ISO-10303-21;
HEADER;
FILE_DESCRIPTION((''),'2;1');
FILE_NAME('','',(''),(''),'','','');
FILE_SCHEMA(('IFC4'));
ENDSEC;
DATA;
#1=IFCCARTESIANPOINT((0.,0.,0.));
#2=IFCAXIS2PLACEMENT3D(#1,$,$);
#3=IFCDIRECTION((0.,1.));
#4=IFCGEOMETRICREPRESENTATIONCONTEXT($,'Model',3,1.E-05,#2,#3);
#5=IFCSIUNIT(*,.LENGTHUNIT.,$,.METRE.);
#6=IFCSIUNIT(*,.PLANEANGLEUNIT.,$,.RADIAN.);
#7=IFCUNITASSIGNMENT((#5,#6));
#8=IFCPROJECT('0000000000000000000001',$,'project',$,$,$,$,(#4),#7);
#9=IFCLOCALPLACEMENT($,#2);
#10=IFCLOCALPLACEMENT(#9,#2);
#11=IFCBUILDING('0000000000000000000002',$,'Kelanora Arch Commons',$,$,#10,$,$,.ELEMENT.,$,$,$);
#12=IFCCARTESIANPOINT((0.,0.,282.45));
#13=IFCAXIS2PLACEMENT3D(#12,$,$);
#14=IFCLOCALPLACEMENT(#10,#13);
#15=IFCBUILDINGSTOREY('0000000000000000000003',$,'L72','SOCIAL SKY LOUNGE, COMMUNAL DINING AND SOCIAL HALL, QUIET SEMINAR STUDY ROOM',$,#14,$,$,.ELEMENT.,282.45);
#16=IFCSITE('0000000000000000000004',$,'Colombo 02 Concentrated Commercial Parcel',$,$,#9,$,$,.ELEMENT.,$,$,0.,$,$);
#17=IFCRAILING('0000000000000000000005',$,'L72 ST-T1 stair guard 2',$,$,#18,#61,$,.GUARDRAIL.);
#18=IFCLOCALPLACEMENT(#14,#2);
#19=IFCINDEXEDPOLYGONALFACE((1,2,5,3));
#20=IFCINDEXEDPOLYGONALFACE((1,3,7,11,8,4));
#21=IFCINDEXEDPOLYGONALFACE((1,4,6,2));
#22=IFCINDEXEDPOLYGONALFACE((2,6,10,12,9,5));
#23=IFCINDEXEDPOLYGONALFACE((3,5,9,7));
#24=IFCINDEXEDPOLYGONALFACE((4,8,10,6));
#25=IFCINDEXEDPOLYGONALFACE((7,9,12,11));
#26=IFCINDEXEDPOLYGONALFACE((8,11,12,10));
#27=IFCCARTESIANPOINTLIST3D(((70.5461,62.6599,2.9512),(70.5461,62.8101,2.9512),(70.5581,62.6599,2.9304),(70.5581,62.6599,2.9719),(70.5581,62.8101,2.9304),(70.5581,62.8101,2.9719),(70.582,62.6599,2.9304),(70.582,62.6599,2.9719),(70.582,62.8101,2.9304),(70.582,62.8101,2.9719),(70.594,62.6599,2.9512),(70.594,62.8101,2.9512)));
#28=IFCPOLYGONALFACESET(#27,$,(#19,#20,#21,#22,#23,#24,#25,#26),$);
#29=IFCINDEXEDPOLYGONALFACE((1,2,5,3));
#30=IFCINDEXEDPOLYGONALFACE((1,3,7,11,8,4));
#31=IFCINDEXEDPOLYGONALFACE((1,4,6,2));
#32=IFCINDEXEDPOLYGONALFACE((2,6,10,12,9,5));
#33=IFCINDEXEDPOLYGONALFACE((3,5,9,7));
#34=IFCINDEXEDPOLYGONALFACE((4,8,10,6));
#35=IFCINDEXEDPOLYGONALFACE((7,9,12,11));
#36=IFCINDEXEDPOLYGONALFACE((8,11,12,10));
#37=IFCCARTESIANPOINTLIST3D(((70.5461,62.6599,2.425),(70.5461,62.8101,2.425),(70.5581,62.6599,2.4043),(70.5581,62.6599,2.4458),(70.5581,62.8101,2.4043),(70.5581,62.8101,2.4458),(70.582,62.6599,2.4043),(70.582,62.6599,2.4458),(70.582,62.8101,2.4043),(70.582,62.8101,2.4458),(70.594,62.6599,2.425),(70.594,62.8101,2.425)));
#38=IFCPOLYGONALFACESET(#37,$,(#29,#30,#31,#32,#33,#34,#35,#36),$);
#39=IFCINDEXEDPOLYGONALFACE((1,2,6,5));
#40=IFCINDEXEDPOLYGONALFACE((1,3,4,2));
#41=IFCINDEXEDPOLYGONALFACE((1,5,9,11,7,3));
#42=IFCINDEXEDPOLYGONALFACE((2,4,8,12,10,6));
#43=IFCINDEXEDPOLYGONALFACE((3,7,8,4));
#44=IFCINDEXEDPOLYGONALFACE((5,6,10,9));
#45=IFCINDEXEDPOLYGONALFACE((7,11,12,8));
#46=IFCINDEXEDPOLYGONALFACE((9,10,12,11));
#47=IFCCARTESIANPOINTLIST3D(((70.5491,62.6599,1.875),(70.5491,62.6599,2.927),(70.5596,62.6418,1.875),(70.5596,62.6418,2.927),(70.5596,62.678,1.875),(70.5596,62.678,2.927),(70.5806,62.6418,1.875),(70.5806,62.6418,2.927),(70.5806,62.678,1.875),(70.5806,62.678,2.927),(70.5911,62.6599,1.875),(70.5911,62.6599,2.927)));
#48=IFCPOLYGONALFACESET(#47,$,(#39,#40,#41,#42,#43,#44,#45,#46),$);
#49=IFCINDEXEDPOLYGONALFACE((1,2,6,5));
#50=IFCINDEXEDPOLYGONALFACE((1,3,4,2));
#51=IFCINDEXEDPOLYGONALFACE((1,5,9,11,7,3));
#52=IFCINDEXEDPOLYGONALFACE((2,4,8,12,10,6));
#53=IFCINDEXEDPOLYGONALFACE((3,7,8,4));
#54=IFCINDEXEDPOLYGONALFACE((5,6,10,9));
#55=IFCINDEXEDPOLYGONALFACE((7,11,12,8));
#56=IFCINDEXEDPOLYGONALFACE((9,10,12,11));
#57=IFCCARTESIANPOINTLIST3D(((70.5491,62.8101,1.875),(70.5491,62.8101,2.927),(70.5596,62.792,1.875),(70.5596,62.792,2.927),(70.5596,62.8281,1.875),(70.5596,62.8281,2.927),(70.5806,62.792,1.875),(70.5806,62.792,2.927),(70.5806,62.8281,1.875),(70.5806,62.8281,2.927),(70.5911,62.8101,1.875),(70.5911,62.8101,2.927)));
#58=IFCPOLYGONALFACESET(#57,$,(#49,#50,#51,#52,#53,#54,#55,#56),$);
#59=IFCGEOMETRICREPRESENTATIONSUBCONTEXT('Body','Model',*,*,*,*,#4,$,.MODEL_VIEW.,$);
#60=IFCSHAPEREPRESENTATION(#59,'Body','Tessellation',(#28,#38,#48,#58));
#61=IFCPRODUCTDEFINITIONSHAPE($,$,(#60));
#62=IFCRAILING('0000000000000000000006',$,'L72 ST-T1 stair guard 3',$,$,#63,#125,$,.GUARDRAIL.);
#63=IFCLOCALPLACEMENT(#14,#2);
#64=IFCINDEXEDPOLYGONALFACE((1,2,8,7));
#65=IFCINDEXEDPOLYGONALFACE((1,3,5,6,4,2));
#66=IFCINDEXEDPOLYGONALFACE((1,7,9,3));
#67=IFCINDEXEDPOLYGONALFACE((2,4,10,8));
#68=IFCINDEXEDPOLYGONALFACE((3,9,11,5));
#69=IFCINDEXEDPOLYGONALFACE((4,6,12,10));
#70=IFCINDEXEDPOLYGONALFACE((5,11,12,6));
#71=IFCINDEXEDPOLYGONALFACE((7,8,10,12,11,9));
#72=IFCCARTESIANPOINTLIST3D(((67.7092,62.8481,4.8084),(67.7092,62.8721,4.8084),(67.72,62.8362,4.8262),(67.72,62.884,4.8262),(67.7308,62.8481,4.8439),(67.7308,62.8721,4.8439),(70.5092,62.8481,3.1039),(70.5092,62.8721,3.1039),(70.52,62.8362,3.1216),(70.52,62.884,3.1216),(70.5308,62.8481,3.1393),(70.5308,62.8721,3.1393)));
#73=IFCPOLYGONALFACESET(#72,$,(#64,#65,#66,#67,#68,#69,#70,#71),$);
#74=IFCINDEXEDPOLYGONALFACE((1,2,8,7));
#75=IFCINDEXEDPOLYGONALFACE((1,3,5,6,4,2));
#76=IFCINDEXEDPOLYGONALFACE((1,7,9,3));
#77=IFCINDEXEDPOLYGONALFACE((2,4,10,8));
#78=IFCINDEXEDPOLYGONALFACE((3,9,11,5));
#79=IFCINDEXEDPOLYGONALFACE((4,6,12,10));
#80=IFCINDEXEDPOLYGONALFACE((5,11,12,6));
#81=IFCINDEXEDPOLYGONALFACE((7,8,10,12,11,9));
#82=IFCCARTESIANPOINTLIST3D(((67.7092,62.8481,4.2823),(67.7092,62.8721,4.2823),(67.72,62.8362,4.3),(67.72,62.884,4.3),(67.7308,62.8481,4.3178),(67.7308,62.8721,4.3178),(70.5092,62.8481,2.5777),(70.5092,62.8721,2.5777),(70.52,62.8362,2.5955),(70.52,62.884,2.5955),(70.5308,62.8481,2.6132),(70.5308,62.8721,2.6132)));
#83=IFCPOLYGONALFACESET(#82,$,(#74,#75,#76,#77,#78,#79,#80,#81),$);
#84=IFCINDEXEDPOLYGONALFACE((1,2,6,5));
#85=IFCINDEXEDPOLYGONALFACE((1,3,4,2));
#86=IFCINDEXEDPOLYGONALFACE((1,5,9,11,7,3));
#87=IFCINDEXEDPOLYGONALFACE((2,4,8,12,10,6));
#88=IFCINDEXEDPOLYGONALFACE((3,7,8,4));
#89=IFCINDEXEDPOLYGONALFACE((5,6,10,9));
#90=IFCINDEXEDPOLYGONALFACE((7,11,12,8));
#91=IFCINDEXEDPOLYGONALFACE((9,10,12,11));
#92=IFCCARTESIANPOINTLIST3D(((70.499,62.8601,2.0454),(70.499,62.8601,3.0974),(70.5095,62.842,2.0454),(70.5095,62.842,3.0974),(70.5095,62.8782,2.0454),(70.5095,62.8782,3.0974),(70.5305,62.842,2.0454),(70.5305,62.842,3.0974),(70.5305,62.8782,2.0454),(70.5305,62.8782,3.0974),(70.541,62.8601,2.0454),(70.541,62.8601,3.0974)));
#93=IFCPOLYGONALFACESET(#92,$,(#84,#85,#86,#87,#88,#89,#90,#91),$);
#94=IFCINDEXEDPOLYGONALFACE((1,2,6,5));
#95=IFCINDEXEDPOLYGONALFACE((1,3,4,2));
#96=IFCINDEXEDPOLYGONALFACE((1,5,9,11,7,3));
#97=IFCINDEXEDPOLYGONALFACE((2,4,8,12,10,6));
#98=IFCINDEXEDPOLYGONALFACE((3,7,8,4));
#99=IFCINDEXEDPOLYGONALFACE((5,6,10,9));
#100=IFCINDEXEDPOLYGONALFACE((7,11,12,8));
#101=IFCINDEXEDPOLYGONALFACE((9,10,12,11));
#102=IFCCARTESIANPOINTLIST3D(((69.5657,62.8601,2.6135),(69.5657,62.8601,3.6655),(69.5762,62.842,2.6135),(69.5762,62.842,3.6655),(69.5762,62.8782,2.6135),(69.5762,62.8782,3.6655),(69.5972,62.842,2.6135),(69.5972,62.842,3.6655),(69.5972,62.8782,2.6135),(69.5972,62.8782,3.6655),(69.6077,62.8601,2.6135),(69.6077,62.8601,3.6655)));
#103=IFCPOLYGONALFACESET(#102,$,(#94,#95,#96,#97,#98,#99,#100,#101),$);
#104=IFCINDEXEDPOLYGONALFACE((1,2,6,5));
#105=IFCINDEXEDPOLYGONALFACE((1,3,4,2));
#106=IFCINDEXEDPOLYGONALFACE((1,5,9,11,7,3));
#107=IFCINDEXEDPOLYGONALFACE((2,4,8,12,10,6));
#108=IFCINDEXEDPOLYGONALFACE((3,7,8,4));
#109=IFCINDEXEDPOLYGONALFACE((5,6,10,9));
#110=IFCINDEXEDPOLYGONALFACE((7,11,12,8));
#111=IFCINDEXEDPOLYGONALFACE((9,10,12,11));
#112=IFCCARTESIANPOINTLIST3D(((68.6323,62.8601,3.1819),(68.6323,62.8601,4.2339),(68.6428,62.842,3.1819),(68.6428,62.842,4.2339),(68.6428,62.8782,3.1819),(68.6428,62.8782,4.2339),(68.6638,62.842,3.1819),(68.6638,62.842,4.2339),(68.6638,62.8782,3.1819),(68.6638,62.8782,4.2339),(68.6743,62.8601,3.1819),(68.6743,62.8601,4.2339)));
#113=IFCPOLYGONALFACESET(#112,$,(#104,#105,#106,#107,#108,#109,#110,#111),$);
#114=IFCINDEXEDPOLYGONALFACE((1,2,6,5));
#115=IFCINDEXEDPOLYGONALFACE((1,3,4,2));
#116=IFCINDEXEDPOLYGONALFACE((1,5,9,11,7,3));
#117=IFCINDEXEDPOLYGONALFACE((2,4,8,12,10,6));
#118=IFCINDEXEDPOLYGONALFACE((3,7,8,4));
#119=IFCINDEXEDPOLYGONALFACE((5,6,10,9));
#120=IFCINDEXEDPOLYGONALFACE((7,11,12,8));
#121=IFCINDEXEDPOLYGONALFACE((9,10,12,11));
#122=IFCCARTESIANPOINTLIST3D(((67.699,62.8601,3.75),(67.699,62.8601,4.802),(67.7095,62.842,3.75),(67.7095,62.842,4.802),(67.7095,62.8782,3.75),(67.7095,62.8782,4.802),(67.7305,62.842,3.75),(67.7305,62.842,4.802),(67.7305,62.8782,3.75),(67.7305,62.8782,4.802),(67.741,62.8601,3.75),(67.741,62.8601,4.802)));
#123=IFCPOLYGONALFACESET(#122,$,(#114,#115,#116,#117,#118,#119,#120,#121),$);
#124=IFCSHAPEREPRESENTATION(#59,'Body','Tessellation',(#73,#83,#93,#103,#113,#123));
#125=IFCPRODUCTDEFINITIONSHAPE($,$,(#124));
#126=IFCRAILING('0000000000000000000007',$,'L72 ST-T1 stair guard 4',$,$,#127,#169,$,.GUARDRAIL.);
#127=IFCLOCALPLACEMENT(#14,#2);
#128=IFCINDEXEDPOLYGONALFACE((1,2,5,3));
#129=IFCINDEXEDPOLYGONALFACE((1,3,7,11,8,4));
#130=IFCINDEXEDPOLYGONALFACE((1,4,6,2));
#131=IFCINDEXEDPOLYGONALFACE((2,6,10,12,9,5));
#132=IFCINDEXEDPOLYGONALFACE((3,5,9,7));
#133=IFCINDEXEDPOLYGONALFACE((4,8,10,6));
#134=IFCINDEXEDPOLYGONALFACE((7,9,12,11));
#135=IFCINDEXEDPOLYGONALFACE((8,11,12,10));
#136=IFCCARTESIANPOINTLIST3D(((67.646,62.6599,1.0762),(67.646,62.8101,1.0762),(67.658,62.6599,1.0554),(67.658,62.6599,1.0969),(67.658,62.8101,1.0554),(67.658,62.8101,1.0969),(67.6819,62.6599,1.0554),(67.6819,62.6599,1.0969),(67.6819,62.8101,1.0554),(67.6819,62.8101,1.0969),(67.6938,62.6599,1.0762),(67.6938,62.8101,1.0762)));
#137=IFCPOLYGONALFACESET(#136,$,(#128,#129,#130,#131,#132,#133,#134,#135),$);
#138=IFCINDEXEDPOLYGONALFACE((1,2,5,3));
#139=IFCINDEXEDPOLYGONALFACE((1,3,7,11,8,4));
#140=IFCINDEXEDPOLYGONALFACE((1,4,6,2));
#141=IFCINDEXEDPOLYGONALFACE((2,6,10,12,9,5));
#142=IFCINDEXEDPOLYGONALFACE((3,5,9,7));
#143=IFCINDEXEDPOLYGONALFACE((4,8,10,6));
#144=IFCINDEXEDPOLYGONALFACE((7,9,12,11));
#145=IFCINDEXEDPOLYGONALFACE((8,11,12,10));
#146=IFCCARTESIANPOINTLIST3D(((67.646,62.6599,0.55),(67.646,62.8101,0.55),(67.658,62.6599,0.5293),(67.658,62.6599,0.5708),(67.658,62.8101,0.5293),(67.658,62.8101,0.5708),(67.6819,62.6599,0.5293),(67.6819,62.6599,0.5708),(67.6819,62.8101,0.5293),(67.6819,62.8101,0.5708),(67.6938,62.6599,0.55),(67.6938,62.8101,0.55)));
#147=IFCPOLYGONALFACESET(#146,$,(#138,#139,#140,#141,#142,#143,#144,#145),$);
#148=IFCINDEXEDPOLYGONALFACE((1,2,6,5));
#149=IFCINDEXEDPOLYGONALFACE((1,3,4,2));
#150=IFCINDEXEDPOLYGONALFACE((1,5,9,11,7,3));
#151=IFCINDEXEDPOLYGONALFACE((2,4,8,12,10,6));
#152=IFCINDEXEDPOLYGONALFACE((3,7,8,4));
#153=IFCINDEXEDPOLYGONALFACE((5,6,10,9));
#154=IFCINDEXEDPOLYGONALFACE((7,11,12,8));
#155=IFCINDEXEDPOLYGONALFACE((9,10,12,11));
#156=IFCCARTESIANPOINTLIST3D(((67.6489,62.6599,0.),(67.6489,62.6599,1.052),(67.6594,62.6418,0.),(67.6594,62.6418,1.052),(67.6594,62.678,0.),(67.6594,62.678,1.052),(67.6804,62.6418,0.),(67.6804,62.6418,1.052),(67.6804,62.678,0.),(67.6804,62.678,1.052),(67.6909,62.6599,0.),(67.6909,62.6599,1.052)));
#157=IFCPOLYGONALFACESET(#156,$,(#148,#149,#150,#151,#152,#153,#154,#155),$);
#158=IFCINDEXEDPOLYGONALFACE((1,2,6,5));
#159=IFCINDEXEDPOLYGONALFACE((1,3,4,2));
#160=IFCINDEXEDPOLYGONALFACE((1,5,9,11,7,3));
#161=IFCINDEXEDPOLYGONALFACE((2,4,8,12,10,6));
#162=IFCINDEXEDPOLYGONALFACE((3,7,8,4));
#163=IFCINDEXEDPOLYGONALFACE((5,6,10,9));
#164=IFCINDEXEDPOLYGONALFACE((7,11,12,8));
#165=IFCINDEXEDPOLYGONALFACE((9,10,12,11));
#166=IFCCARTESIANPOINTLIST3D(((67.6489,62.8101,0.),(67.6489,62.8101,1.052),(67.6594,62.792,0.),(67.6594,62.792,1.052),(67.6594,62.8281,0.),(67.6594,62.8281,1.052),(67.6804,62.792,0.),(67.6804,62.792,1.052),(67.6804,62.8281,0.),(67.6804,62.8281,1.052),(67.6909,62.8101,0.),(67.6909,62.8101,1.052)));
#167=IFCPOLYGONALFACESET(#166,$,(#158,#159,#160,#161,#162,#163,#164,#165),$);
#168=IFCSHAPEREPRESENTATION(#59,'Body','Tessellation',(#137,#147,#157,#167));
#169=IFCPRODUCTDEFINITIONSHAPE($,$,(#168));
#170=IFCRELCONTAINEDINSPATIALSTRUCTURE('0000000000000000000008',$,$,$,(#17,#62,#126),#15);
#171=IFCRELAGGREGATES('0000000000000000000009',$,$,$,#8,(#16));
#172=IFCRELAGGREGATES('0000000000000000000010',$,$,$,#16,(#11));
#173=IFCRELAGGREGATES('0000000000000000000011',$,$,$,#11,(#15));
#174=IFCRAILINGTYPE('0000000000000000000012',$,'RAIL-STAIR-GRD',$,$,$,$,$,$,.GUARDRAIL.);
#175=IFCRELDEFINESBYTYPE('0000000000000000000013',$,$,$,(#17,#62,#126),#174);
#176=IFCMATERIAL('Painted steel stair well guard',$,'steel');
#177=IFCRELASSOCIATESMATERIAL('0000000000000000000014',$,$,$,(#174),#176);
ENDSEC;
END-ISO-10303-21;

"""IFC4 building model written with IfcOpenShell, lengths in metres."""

from ifc_helpers import new_model, si_unit, direction, frame, origin, place, context, subcontext, project, spatial, polyline, outline, extrude, material, type_object, element, save


model = new_model("IFC4")

# Units and contexts
model_context = context("Model", 3, precision=1e-05, world=origin(), true_north=direction((0.0, 1.0)))
body_context = subcontext(model_context, "Body", "Model", "MODEL_VIEW")
ifc_project = project(units=[si_unit("LENGTHUNIT", "METRE"), si_unit("PLANEANGLEUNIT", "RADIAN")], contexts=[model_context])

# Site, building, storey
site_placement = place(None, origin())
site = spatial("IfcSite", under=ifc_project, at=site_placement, Name="Colombo 02 Concentrated Commercial Parcel", CompositionType="ELEMENT", RefElevation=0.0)
building_placement = place(site_placement, origin())
building = spatial("IfcBuilding", under=site, at=building_placement, Name="Kelanora Arch Commons", CompositionType="ELEMENT")
storey_placement = place(building_placement, frame((0.0, 0.0, 282.45)))
storey = spatial("IfcBuildingStorey", under=building, at=storey_placement, Name="L72", Description="SOCIAL SKY LOUNGE, COMMUNAL DINING AND SOCIAL HALL, QUIET SEMINAR STUDY ROOM", CompositionType="ELEMENT", Elevation=282.45)

# Railings
ifc_material_1 = material(Name="Painted steel stair well guard", Category="steel")
railing_type_1 = type_object("IfcRailingType", Name="RAIL-STAIR-GRD", PredefinedType="GUARDRAIL", material=ifc_material_1)
railing_1_placement = place(storey_placement, frame((70.5701, 62.6599, 1.875)))
element("IfcRailing", 1, at=railing_1_placement, inside=storey, type_object=railing_type_1, Name="L72 ST-T1 stair guard 2", PredefinedType="GUARDRAIL", context=body_context, shape_type="SweptSolid", body=[
    extrude(outline(polyline([(0.0239, 0.0), (0.012, 0.0208), (-0.012, 0.0208), (-0.0239, 0.0), (-0.012, -0.0208), (0.012, -0.0208), (0.0239, 0.0)])), frame((0.0, 0.0, 1.0762), z_axis=(0.0, 1.0, 0.0), x_axis=(-1.0, 0.0, 0.0)), (0.0, 0.0, 1.0), 0.1501),
    extrude(outline(polyline([(0.0239, 0.0), (0.012, 0.0208), (-0.012, 0.0208), (-0.0239, 0.0), (-0.012, -0.0208), (0.012, -0.0208), (0.0239, 0.0)])), frame((0.0, 0.0, 0.55), z_axis=(0.0, 1.0, 0.0), x_axis=(-1.0, 0.0, 0.0)), (0.0, 0.0, 1.0), 0.1501),
    extrude(outline(polyline([(0.021, 0.0), (0.0105, 0.0181), (-0.0105, 0.0181), (-0.021, 0.0), (-0.0105, -0.0181), (0.0105, -0.0181), (0.021, 0.0)])), origin(), (0.0, 0.0, 1.0), 1.052),
    extrude(outline(polyline([(0.021, 0.0), (0.0105, 0.0181), (-0.0105, 0.0181), (-0.021, 0.0), (-0.0105, -0.0181), (0.0105, -0.0181), (0.021, 0.0)])), frame((0.0, 0.1501, 0.0)), (0.0, 0.0, 1.0), 1.052),
])
railing_2_placement = place(storey_placement, frame((70.52, 62.8601, 2.0454)))
element("IfcRailing", 2, at=railing_2_placement, inside=storey, type_object=railing_type_1, Name="L72 ST-T1 stair guard 3", PredefinedType="GUARDRAIL", context=body_context, shape_type="SweptSolid", body=[
    extrude(outline(polyline([(0.0239, 0.0), (0.012, 0.0208), (-0.012, 0.0208), (-0.0239, 0.0), (-0.012, -0.0208), (0.012, -0.0208), (0.0239, 0.0)])), frame((0.0, 0.0, 1.0762), z_axis=(-0.85417, 0.0, 0.519994), x_axis=(0.0, -1.0, 0.0)), (0.0, 0.0, 1.0), 3.2781),
    extrude(outline(polyline([(0.0239, 0.0), (0.012, 0.0208), (-0.012, 0.0208), (-0.0239, 0.0), (-0.012, -0.0208), (0.012, -0.0208), (0.0239, 0.0)])), frame((0.0, 0.0, 0.55), z_axis=(-0.85417, 0.0, 0.519994), x_axis=(0.0, -1.0, 0.0)), (0.0, 0.0, 1.0), 3.2781),
    extrude(outline(polyline([(0.021, 0.0), (0.0105, 0.0181), (-0.0105, 0.0181), (-0.021, 0.0), (-0.0105, -0.0181), (0.0105, -0.0181), (0.021, 0.0)])), origin(), (0.0, 0.0, 1.0), 1.052),
    extrude(outline(polyline([(0.021, 0.0), (0.0105, 0.0181), (-0.0105, 0.0181), (-0.021, 0.0), (-0.0105, -0.0181), (0.0105, -0.0181), (0.021, 0.0)])), frame((-0.9333, 0.0, 0.5681)), (0.0, 0.0, 1.0), 1.052),
    extrude(outline(polyline([(0.021, 0.0), (0.0105, 0.0181), (-0.0105, 0.0181), (-0.021, 0.0), (-0.0105, -0.0181), (0.0105, -0.0181), (0.021, 0.0)])), frame((-1.8667, 0.0, 1.1365)), (0.0, 0.0, 1.0), 1.052),
    extrude(outline(polyline([(0.021, 0.0), (0.0105, 0.0181), (-0.0105, 0.0181), (-0.021, 0.0), (-0.0105, -0.0181), (0.0105, -0.0181), (0.021, 0.0)])), frame((-2.8, 0.0, 1.7046)), (0.0, 0.0, 1.0), 1.052),
])
railing_3_placement = place(storey_placement, frame((67.6699, 62.6599, 0.0)))
element("IfcRailing", 3, at=railing_3_placement, inside=storey, type_object=railing_type_1, Name="L72 ST-T1 stair guard 4", PredefinedType="GUARDRAIL", context=body_context, shape_type="SweptSolid", body=[
    extrude(outline(polyline([(0.0239, 0.0), (0.012, 0.0208), (-0.012, 0.0208), (-0.0239, 0.0), (-0.012, -0.0208), (0.012, -0.0208), (0.0239, 0.0)])), frame((0.0, 0.0, 1.0762), z_axis=(0.0, 1.0, 0.0), x_axis=(-1.0, 0.0, 0.0)), (0.0, 0.0, 1.0), 0.1501),
    extrude(outline(polyline([(0.0239, 0.0), (0.012, 0.0208), (-0.012, 0.0208), (-0.0239, 0.0), (-0.012, -0.0208), (0.012, -0.0208), (0.0239, 0.0)])), frame((0.0, 0.0, 0.55), z_axis=(0.0, 1.0, 0.0), x_axis=(-1.0, 0.0, 0.0)), (0.0, 0.0, 1.0), 0.1501),
    extrude(outline(polyline([(0.021, 0.0), (0.0105, 0.0181), (-0.0105, 0.0181), (-0.021, 0.0), (-0.0105, -0.0181), (0.0105, -0.0181), (0.021, 0.0)])), origin(), (0.0, 0.0, 1.0), 1.052),
    extrude(outline(polyline([(0.021, 0.0), (0.0105, 0.0181), (-0.0105, 0.0181), (-0.021, 0.0), (-0.0105, -0.0181), (0.0105, -0.0181), (0.021, 0.0)])), frame((0.0, 0.1501, 0.0)), (0.0, 0.0, 1.0), 1.052),
])

save(model, "model.ifc")
